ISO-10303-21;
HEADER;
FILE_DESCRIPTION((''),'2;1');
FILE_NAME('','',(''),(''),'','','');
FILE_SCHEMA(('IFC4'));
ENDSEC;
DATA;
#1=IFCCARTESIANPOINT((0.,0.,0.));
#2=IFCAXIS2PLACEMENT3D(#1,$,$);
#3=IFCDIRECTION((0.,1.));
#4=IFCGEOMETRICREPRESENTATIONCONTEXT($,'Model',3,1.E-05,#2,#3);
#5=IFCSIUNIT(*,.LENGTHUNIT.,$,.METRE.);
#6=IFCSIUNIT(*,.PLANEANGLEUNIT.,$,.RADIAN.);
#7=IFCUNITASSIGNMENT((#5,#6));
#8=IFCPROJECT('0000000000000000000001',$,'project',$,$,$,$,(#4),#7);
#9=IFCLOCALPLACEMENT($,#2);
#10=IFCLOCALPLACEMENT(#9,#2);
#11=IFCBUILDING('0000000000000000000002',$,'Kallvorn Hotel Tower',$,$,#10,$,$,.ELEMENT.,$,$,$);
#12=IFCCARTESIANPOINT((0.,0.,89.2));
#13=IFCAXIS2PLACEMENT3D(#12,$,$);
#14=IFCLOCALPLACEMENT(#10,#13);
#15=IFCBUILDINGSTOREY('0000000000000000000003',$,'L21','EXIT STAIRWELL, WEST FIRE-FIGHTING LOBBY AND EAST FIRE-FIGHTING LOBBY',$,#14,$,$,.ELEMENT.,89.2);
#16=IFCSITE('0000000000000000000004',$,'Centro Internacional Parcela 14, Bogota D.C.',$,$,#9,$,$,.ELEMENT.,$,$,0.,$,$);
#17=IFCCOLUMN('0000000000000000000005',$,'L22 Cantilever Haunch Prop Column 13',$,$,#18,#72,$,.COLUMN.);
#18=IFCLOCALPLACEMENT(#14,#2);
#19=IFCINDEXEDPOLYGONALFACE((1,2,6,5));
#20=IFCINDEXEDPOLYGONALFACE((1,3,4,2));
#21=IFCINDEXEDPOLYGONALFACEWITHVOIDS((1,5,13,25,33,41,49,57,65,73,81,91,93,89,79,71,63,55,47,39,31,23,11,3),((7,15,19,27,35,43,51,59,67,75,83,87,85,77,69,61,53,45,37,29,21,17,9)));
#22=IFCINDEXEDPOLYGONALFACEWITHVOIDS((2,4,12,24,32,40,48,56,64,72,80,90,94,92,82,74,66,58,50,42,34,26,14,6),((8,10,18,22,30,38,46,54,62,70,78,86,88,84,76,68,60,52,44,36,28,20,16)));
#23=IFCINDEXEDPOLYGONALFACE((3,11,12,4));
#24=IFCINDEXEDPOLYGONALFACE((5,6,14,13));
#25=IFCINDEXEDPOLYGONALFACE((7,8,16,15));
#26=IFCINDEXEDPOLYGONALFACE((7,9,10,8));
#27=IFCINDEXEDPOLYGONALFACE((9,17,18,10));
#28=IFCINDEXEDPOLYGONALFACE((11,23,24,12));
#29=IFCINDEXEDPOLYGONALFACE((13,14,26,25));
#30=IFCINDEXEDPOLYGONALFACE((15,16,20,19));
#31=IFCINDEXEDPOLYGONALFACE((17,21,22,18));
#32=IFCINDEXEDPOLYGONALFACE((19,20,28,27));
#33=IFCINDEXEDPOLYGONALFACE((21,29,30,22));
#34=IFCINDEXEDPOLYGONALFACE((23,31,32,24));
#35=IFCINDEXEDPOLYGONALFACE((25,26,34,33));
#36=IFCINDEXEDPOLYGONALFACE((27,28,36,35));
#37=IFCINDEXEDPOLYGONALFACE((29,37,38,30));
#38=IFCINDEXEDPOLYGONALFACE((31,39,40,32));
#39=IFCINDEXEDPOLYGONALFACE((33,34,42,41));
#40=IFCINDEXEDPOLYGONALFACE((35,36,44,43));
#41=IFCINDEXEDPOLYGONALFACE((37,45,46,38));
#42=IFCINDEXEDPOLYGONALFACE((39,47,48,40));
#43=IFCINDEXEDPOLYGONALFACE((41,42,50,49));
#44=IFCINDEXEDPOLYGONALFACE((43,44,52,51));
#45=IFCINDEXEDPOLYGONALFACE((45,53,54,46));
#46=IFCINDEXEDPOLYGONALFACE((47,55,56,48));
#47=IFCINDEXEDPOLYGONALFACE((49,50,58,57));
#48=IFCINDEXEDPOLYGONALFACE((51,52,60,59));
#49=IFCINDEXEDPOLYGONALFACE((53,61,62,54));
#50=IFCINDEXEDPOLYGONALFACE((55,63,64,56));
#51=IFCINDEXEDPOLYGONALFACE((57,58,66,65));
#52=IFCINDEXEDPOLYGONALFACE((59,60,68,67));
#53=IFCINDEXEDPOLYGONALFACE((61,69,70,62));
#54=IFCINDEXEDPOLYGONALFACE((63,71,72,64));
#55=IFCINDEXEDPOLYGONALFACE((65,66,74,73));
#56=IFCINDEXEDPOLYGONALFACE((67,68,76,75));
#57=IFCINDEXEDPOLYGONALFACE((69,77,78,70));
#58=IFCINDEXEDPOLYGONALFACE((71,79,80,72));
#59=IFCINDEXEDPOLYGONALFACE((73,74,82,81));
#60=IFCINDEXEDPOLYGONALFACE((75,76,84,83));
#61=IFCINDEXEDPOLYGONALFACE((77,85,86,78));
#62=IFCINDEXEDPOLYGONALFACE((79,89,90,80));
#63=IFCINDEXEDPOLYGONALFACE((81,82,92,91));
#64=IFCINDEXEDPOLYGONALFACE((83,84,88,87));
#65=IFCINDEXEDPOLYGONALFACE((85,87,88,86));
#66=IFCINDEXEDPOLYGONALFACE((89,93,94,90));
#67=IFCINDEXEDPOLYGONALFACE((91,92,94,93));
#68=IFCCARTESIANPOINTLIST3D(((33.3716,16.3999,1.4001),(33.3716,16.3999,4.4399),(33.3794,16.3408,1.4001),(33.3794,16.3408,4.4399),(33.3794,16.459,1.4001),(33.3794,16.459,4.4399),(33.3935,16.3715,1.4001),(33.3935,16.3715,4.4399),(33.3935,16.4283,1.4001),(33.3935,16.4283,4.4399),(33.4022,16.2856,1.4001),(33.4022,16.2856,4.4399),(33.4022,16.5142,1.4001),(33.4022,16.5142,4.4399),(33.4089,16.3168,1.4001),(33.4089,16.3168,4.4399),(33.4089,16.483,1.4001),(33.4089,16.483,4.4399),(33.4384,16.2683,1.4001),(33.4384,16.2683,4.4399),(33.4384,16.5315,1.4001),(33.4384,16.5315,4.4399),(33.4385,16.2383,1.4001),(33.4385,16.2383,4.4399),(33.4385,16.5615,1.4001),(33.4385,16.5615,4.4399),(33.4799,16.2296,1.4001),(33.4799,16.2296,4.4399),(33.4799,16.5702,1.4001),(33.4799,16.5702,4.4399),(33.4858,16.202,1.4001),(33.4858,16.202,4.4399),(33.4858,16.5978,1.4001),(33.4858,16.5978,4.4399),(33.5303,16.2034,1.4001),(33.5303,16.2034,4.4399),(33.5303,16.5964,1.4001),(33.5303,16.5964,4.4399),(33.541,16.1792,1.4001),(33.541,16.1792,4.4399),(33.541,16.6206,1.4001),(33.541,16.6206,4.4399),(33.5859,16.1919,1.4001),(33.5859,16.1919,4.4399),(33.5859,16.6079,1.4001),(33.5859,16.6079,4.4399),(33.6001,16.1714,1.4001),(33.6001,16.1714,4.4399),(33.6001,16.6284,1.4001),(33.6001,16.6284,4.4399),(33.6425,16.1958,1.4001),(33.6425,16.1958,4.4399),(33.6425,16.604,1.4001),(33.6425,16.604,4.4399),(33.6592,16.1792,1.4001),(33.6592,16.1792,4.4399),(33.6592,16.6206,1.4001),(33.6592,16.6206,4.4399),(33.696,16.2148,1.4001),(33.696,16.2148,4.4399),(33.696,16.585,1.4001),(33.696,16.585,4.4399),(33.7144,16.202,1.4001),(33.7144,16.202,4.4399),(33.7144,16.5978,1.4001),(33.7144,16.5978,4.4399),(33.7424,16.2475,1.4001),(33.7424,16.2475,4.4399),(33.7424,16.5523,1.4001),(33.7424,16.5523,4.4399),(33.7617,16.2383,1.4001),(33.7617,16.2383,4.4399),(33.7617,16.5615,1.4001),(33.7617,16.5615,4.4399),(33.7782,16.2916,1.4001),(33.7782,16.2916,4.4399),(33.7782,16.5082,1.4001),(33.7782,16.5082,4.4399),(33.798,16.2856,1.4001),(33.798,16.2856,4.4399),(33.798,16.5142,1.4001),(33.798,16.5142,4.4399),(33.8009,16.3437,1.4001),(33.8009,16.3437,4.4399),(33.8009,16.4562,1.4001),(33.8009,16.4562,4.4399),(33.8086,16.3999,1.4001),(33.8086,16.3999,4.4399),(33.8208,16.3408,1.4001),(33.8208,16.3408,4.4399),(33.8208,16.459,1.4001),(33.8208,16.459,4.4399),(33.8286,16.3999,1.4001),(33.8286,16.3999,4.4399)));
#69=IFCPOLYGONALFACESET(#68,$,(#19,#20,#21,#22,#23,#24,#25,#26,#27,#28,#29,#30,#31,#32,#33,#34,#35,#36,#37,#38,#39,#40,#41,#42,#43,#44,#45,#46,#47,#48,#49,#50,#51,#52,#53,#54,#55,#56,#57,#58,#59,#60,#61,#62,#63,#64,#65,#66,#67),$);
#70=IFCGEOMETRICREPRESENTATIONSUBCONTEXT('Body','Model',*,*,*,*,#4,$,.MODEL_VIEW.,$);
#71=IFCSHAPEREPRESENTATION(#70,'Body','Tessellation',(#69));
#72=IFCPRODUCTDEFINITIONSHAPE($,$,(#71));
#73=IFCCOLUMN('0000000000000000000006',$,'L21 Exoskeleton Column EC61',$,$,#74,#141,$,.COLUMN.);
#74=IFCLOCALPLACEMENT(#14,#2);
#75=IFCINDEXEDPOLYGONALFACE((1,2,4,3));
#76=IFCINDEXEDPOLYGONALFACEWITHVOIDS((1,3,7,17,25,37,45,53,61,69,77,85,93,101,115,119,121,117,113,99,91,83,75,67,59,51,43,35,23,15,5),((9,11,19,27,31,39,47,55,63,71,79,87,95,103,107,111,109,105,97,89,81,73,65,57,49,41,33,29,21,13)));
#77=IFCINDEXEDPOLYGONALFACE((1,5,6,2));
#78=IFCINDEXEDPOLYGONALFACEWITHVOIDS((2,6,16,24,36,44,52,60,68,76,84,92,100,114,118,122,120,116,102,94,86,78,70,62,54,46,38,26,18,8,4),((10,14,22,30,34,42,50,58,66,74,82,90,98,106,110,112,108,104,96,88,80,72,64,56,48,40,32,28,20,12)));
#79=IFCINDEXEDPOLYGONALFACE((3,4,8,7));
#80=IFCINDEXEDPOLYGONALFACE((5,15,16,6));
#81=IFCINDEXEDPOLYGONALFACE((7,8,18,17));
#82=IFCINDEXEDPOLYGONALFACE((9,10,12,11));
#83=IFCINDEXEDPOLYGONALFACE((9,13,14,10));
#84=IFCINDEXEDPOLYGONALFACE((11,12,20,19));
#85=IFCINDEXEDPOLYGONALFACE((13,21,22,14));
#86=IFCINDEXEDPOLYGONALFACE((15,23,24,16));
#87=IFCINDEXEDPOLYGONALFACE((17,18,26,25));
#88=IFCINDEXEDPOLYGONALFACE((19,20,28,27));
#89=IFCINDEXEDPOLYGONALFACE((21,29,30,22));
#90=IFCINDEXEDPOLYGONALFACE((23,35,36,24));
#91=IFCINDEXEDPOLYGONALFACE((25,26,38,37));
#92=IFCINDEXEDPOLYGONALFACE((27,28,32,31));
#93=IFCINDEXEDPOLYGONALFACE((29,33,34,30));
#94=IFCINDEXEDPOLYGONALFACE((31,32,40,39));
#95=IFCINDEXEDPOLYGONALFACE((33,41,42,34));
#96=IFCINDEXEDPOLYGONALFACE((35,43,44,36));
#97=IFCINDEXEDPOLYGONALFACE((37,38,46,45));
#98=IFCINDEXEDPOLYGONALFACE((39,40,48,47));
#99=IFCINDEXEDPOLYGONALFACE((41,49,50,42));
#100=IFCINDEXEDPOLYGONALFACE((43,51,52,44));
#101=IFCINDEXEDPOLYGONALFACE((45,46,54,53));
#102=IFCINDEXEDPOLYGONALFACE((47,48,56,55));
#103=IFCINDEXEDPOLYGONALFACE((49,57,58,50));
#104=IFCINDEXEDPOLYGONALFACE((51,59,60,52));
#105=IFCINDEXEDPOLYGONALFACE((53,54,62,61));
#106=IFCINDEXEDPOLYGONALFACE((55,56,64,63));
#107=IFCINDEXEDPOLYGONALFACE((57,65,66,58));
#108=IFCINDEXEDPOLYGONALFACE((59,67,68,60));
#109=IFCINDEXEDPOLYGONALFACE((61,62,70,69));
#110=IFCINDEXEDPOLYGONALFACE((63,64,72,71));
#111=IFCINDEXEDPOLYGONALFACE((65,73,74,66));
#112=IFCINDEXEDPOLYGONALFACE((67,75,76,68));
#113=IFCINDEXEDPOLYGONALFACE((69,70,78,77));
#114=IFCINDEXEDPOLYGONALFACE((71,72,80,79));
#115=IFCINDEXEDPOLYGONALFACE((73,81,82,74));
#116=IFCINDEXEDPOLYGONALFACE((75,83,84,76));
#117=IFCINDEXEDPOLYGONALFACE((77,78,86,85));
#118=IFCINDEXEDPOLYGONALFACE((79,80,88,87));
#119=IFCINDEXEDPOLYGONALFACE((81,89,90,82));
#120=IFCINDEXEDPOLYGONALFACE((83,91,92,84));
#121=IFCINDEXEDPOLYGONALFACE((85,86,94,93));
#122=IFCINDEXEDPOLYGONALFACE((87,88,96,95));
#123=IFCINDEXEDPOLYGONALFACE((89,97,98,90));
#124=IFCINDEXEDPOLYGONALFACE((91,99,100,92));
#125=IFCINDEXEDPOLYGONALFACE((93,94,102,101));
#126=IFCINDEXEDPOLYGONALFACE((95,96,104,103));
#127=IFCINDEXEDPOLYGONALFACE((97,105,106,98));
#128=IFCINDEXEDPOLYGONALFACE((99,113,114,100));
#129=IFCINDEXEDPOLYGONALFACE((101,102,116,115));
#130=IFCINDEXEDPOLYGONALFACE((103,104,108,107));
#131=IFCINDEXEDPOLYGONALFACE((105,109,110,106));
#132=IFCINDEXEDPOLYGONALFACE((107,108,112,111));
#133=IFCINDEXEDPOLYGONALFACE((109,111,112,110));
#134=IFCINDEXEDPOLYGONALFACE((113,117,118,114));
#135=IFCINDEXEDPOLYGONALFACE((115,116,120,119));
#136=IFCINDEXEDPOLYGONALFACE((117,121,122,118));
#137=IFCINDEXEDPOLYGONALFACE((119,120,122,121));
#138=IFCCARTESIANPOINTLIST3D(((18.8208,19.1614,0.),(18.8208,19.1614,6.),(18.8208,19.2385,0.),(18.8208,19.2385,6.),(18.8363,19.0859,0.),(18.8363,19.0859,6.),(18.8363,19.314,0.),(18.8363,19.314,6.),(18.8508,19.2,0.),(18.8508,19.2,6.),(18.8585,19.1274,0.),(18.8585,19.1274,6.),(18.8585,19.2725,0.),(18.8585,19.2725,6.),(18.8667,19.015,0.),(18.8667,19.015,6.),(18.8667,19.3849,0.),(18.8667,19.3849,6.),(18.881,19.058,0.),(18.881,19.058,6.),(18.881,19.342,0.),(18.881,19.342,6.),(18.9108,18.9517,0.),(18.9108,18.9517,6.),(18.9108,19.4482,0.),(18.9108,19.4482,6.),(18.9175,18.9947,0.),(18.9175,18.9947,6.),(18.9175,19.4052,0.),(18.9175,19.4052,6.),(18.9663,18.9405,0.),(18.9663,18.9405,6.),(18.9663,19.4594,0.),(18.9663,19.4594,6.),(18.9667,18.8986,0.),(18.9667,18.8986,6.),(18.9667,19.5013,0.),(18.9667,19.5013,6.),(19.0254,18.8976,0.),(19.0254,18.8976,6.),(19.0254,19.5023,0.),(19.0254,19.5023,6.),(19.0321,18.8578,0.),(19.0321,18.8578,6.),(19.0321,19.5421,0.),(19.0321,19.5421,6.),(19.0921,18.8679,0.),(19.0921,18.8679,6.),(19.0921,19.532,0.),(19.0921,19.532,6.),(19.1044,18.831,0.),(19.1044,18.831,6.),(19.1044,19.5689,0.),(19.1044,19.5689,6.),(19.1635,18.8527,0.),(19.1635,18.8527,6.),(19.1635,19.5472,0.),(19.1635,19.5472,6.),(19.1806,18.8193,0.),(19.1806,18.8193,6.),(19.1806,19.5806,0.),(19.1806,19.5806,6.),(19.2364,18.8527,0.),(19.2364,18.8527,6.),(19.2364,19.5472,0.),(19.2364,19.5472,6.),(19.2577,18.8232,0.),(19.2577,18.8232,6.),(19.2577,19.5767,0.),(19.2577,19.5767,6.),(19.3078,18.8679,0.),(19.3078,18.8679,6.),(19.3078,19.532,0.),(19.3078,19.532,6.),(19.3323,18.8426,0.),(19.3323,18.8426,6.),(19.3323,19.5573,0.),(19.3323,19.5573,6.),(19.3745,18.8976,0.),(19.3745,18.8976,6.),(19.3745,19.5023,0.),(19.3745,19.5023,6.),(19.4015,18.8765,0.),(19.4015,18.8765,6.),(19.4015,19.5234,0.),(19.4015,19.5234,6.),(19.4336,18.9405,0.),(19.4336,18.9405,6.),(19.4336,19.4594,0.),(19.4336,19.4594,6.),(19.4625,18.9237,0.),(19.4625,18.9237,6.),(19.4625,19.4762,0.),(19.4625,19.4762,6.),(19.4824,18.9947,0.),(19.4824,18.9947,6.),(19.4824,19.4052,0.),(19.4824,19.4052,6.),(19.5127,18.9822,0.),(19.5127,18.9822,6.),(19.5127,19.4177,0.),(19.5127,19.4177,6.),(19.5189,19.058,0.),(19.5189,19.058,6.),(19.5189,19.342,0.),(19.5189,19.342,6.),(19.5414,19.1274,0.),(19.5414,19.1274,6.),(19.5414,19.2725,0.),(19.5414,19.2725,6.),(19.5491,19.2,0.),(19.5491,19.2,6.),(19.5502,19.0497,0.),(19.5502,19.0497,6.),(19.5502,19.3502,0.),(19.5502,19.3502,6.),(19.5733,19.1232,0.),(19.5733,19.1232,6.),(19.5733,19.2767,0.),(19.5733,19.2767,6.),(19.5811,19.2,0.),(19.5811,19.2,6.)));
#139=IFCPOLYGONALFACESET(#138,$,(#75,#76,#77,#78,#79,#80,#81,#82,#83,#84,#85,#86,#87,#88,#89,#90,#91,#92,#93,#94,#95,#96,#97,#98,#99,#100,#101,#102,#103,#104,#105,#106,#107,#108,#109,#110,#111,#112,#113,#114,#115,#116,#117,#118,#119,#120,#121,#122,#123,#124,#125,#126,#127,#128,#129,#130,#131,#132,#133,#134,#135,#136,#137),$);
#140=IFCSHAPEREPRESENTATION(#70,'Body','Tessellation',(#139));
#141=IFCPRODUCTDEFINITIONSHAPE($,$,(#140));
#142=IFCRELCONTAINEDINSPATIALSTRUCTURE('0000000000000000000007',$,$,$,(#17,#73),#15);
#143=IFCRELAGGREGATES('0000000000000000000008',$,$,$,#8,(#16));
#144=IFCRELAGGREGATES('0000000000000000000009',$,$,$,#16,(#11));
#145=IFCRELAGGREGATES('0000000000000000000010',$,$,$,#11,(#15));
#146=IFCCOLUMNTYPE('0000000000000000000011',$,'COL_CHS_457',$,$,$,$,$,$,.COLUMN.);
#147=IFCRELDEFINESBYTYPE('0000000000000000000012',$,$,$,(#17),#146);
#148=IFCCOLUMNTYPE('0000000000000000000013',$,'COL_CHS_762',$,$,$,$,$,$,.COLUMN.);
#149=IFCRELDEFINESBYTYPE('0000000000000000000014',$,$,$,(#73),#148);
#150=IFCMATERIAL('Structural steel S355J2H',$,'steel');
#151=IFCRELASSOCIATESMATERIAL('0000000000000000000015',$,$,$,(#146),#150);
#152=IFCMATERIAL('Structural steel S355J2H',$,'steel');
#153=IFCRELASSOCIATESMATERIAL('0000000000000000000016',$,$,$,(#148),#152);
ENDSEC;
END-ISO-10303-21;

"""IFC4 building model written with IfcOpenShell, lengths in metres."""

from ifc_helpers import new_model, si_unit, direction, frame, origin, origin_2d, place, context, subcontext, project, spatial, hollow_circle, extrude, material, material_profile, profile_set, type_object, element, save


model = new_model("IFC4")

# Units and contexts
model_context = context("Model", 3, precision=1e-05, world=origin(), true_north=direction((0.0, 1.0)))
body_context = subcontext(model_context, "Body", "Model", "MODEL_VIEW")
ifc_project = project(units=[si_unit("LENGTHUNIT", "METRE"), si_unit("PLANEANGLEUNIT", "RADIAN")], contexts=[model_context])

# Site, building, storey
site_placement = place(None, origin())
site = spatial("IfcSite", under=ifc_project, at=site_placement, Name="Centro Internacional Parcela 14, Bogota D.C.", CompositionType="ELEMENT", RefElevation=0.0)
building_placement = place(site_placement, origin())
building = spatial("IfcBuilding", under=site, at=building_placement, Name="Kallvorn Hotel Tower", CompositionType="ELEMENT")
storey_placement = place(building_placement, frame((0.0, 0.0, 89.2)))
storey = spatial("IfcBuildingStorey", under=building, at=storey_placement, Name="L21", Description="EXIT STAIRWELL, WEST FIRE-FIGHTING LOBBY AND EAST FIRE-FIGHTING LOBBY", CompositionType="ELEMENT", Elevation=89.2)

# Columns
ifc_material_1 = material(Name="Structural steel S355J2H", Category="steel")
ifc_material_profile_1 = material_profile(ifc_material_1, hollow_circle(Radius=0.2285, WallThickness=0.02, at=origin_2d()), Name="CHS 457x20")
ifc_profile_set_1 = profile_set([ifc_material_profile_1], Name="Structural steel S355J2H")
column_type_1 = type_object("IfcColumnType", Name="COL_CHS_457", PredefinedType="COLUMN", material=ifc_profile_set_1)
for number, where, z_axis, x_axis, name in (
    (1, (33.6001, 16.3999, 1.4001), (0.0, 0.0, 1.0), (1.0, 0.0, 0.0), "L22 Cantilever Haunch Prop Column 13"),
):
    element("IfcColumn", number, at=place(storey_placement, frame(where, z_axis=z_axis, x_axis=x_axis)), inside=storey, type_object=column_type_1, Name=name, PredefinedType="COLUMN", context=body_context, shape_type="SweptSolid", body=[
        extrude(hollow_circle(Radius=0.2285, WallThickness=0.02, at=origin_2d()), origin(), (0.0, 0.0, 1.0), 3.0398),
    ])
ifc_material_2 = material(Name="Structural steel S355J2H", Category="steel")
ifc_material_profile_2 = material_profile(ifc_material_2, hollow_circle(Radius=0.3811, WallThickness=0.032, at=origin_2d()), Name="CHS 762x32")
ifc_profile_set_2 = profile_set([ifc_material_profile_2], Name="Structural steel S355J2H")
column_type_2 = type_object("IfcColumnType", Name="COL_CHS_762", PredefinedType="COLUMN", material=ifc_profile_set_2)
for number, where, z_axis, x_axis, name in (
    (2, (19.2, 19.2, 0.0), (0.0, 0.0, 1.0), (1.0, 0.0, 0.0), "L21 Exoskeleton Column EC61"),
):
    element("IfcColumn", number, at=place(storey_placement, frame(where, z_axis=z_axis, x_axis=x_axis)), inside=storey, type_object=column_type_2, Name=name, PredefinedType="COLUMN", context=body_context, shape_type="SweptSolid", body=[
        extrude(hollow_circle(Radius=0.3811, WallThickness=0.032, at=origin_2d()), origin(), (0.0, 0.0, 1.0), 6.0),
    ])

save(model, "model.ifc")
